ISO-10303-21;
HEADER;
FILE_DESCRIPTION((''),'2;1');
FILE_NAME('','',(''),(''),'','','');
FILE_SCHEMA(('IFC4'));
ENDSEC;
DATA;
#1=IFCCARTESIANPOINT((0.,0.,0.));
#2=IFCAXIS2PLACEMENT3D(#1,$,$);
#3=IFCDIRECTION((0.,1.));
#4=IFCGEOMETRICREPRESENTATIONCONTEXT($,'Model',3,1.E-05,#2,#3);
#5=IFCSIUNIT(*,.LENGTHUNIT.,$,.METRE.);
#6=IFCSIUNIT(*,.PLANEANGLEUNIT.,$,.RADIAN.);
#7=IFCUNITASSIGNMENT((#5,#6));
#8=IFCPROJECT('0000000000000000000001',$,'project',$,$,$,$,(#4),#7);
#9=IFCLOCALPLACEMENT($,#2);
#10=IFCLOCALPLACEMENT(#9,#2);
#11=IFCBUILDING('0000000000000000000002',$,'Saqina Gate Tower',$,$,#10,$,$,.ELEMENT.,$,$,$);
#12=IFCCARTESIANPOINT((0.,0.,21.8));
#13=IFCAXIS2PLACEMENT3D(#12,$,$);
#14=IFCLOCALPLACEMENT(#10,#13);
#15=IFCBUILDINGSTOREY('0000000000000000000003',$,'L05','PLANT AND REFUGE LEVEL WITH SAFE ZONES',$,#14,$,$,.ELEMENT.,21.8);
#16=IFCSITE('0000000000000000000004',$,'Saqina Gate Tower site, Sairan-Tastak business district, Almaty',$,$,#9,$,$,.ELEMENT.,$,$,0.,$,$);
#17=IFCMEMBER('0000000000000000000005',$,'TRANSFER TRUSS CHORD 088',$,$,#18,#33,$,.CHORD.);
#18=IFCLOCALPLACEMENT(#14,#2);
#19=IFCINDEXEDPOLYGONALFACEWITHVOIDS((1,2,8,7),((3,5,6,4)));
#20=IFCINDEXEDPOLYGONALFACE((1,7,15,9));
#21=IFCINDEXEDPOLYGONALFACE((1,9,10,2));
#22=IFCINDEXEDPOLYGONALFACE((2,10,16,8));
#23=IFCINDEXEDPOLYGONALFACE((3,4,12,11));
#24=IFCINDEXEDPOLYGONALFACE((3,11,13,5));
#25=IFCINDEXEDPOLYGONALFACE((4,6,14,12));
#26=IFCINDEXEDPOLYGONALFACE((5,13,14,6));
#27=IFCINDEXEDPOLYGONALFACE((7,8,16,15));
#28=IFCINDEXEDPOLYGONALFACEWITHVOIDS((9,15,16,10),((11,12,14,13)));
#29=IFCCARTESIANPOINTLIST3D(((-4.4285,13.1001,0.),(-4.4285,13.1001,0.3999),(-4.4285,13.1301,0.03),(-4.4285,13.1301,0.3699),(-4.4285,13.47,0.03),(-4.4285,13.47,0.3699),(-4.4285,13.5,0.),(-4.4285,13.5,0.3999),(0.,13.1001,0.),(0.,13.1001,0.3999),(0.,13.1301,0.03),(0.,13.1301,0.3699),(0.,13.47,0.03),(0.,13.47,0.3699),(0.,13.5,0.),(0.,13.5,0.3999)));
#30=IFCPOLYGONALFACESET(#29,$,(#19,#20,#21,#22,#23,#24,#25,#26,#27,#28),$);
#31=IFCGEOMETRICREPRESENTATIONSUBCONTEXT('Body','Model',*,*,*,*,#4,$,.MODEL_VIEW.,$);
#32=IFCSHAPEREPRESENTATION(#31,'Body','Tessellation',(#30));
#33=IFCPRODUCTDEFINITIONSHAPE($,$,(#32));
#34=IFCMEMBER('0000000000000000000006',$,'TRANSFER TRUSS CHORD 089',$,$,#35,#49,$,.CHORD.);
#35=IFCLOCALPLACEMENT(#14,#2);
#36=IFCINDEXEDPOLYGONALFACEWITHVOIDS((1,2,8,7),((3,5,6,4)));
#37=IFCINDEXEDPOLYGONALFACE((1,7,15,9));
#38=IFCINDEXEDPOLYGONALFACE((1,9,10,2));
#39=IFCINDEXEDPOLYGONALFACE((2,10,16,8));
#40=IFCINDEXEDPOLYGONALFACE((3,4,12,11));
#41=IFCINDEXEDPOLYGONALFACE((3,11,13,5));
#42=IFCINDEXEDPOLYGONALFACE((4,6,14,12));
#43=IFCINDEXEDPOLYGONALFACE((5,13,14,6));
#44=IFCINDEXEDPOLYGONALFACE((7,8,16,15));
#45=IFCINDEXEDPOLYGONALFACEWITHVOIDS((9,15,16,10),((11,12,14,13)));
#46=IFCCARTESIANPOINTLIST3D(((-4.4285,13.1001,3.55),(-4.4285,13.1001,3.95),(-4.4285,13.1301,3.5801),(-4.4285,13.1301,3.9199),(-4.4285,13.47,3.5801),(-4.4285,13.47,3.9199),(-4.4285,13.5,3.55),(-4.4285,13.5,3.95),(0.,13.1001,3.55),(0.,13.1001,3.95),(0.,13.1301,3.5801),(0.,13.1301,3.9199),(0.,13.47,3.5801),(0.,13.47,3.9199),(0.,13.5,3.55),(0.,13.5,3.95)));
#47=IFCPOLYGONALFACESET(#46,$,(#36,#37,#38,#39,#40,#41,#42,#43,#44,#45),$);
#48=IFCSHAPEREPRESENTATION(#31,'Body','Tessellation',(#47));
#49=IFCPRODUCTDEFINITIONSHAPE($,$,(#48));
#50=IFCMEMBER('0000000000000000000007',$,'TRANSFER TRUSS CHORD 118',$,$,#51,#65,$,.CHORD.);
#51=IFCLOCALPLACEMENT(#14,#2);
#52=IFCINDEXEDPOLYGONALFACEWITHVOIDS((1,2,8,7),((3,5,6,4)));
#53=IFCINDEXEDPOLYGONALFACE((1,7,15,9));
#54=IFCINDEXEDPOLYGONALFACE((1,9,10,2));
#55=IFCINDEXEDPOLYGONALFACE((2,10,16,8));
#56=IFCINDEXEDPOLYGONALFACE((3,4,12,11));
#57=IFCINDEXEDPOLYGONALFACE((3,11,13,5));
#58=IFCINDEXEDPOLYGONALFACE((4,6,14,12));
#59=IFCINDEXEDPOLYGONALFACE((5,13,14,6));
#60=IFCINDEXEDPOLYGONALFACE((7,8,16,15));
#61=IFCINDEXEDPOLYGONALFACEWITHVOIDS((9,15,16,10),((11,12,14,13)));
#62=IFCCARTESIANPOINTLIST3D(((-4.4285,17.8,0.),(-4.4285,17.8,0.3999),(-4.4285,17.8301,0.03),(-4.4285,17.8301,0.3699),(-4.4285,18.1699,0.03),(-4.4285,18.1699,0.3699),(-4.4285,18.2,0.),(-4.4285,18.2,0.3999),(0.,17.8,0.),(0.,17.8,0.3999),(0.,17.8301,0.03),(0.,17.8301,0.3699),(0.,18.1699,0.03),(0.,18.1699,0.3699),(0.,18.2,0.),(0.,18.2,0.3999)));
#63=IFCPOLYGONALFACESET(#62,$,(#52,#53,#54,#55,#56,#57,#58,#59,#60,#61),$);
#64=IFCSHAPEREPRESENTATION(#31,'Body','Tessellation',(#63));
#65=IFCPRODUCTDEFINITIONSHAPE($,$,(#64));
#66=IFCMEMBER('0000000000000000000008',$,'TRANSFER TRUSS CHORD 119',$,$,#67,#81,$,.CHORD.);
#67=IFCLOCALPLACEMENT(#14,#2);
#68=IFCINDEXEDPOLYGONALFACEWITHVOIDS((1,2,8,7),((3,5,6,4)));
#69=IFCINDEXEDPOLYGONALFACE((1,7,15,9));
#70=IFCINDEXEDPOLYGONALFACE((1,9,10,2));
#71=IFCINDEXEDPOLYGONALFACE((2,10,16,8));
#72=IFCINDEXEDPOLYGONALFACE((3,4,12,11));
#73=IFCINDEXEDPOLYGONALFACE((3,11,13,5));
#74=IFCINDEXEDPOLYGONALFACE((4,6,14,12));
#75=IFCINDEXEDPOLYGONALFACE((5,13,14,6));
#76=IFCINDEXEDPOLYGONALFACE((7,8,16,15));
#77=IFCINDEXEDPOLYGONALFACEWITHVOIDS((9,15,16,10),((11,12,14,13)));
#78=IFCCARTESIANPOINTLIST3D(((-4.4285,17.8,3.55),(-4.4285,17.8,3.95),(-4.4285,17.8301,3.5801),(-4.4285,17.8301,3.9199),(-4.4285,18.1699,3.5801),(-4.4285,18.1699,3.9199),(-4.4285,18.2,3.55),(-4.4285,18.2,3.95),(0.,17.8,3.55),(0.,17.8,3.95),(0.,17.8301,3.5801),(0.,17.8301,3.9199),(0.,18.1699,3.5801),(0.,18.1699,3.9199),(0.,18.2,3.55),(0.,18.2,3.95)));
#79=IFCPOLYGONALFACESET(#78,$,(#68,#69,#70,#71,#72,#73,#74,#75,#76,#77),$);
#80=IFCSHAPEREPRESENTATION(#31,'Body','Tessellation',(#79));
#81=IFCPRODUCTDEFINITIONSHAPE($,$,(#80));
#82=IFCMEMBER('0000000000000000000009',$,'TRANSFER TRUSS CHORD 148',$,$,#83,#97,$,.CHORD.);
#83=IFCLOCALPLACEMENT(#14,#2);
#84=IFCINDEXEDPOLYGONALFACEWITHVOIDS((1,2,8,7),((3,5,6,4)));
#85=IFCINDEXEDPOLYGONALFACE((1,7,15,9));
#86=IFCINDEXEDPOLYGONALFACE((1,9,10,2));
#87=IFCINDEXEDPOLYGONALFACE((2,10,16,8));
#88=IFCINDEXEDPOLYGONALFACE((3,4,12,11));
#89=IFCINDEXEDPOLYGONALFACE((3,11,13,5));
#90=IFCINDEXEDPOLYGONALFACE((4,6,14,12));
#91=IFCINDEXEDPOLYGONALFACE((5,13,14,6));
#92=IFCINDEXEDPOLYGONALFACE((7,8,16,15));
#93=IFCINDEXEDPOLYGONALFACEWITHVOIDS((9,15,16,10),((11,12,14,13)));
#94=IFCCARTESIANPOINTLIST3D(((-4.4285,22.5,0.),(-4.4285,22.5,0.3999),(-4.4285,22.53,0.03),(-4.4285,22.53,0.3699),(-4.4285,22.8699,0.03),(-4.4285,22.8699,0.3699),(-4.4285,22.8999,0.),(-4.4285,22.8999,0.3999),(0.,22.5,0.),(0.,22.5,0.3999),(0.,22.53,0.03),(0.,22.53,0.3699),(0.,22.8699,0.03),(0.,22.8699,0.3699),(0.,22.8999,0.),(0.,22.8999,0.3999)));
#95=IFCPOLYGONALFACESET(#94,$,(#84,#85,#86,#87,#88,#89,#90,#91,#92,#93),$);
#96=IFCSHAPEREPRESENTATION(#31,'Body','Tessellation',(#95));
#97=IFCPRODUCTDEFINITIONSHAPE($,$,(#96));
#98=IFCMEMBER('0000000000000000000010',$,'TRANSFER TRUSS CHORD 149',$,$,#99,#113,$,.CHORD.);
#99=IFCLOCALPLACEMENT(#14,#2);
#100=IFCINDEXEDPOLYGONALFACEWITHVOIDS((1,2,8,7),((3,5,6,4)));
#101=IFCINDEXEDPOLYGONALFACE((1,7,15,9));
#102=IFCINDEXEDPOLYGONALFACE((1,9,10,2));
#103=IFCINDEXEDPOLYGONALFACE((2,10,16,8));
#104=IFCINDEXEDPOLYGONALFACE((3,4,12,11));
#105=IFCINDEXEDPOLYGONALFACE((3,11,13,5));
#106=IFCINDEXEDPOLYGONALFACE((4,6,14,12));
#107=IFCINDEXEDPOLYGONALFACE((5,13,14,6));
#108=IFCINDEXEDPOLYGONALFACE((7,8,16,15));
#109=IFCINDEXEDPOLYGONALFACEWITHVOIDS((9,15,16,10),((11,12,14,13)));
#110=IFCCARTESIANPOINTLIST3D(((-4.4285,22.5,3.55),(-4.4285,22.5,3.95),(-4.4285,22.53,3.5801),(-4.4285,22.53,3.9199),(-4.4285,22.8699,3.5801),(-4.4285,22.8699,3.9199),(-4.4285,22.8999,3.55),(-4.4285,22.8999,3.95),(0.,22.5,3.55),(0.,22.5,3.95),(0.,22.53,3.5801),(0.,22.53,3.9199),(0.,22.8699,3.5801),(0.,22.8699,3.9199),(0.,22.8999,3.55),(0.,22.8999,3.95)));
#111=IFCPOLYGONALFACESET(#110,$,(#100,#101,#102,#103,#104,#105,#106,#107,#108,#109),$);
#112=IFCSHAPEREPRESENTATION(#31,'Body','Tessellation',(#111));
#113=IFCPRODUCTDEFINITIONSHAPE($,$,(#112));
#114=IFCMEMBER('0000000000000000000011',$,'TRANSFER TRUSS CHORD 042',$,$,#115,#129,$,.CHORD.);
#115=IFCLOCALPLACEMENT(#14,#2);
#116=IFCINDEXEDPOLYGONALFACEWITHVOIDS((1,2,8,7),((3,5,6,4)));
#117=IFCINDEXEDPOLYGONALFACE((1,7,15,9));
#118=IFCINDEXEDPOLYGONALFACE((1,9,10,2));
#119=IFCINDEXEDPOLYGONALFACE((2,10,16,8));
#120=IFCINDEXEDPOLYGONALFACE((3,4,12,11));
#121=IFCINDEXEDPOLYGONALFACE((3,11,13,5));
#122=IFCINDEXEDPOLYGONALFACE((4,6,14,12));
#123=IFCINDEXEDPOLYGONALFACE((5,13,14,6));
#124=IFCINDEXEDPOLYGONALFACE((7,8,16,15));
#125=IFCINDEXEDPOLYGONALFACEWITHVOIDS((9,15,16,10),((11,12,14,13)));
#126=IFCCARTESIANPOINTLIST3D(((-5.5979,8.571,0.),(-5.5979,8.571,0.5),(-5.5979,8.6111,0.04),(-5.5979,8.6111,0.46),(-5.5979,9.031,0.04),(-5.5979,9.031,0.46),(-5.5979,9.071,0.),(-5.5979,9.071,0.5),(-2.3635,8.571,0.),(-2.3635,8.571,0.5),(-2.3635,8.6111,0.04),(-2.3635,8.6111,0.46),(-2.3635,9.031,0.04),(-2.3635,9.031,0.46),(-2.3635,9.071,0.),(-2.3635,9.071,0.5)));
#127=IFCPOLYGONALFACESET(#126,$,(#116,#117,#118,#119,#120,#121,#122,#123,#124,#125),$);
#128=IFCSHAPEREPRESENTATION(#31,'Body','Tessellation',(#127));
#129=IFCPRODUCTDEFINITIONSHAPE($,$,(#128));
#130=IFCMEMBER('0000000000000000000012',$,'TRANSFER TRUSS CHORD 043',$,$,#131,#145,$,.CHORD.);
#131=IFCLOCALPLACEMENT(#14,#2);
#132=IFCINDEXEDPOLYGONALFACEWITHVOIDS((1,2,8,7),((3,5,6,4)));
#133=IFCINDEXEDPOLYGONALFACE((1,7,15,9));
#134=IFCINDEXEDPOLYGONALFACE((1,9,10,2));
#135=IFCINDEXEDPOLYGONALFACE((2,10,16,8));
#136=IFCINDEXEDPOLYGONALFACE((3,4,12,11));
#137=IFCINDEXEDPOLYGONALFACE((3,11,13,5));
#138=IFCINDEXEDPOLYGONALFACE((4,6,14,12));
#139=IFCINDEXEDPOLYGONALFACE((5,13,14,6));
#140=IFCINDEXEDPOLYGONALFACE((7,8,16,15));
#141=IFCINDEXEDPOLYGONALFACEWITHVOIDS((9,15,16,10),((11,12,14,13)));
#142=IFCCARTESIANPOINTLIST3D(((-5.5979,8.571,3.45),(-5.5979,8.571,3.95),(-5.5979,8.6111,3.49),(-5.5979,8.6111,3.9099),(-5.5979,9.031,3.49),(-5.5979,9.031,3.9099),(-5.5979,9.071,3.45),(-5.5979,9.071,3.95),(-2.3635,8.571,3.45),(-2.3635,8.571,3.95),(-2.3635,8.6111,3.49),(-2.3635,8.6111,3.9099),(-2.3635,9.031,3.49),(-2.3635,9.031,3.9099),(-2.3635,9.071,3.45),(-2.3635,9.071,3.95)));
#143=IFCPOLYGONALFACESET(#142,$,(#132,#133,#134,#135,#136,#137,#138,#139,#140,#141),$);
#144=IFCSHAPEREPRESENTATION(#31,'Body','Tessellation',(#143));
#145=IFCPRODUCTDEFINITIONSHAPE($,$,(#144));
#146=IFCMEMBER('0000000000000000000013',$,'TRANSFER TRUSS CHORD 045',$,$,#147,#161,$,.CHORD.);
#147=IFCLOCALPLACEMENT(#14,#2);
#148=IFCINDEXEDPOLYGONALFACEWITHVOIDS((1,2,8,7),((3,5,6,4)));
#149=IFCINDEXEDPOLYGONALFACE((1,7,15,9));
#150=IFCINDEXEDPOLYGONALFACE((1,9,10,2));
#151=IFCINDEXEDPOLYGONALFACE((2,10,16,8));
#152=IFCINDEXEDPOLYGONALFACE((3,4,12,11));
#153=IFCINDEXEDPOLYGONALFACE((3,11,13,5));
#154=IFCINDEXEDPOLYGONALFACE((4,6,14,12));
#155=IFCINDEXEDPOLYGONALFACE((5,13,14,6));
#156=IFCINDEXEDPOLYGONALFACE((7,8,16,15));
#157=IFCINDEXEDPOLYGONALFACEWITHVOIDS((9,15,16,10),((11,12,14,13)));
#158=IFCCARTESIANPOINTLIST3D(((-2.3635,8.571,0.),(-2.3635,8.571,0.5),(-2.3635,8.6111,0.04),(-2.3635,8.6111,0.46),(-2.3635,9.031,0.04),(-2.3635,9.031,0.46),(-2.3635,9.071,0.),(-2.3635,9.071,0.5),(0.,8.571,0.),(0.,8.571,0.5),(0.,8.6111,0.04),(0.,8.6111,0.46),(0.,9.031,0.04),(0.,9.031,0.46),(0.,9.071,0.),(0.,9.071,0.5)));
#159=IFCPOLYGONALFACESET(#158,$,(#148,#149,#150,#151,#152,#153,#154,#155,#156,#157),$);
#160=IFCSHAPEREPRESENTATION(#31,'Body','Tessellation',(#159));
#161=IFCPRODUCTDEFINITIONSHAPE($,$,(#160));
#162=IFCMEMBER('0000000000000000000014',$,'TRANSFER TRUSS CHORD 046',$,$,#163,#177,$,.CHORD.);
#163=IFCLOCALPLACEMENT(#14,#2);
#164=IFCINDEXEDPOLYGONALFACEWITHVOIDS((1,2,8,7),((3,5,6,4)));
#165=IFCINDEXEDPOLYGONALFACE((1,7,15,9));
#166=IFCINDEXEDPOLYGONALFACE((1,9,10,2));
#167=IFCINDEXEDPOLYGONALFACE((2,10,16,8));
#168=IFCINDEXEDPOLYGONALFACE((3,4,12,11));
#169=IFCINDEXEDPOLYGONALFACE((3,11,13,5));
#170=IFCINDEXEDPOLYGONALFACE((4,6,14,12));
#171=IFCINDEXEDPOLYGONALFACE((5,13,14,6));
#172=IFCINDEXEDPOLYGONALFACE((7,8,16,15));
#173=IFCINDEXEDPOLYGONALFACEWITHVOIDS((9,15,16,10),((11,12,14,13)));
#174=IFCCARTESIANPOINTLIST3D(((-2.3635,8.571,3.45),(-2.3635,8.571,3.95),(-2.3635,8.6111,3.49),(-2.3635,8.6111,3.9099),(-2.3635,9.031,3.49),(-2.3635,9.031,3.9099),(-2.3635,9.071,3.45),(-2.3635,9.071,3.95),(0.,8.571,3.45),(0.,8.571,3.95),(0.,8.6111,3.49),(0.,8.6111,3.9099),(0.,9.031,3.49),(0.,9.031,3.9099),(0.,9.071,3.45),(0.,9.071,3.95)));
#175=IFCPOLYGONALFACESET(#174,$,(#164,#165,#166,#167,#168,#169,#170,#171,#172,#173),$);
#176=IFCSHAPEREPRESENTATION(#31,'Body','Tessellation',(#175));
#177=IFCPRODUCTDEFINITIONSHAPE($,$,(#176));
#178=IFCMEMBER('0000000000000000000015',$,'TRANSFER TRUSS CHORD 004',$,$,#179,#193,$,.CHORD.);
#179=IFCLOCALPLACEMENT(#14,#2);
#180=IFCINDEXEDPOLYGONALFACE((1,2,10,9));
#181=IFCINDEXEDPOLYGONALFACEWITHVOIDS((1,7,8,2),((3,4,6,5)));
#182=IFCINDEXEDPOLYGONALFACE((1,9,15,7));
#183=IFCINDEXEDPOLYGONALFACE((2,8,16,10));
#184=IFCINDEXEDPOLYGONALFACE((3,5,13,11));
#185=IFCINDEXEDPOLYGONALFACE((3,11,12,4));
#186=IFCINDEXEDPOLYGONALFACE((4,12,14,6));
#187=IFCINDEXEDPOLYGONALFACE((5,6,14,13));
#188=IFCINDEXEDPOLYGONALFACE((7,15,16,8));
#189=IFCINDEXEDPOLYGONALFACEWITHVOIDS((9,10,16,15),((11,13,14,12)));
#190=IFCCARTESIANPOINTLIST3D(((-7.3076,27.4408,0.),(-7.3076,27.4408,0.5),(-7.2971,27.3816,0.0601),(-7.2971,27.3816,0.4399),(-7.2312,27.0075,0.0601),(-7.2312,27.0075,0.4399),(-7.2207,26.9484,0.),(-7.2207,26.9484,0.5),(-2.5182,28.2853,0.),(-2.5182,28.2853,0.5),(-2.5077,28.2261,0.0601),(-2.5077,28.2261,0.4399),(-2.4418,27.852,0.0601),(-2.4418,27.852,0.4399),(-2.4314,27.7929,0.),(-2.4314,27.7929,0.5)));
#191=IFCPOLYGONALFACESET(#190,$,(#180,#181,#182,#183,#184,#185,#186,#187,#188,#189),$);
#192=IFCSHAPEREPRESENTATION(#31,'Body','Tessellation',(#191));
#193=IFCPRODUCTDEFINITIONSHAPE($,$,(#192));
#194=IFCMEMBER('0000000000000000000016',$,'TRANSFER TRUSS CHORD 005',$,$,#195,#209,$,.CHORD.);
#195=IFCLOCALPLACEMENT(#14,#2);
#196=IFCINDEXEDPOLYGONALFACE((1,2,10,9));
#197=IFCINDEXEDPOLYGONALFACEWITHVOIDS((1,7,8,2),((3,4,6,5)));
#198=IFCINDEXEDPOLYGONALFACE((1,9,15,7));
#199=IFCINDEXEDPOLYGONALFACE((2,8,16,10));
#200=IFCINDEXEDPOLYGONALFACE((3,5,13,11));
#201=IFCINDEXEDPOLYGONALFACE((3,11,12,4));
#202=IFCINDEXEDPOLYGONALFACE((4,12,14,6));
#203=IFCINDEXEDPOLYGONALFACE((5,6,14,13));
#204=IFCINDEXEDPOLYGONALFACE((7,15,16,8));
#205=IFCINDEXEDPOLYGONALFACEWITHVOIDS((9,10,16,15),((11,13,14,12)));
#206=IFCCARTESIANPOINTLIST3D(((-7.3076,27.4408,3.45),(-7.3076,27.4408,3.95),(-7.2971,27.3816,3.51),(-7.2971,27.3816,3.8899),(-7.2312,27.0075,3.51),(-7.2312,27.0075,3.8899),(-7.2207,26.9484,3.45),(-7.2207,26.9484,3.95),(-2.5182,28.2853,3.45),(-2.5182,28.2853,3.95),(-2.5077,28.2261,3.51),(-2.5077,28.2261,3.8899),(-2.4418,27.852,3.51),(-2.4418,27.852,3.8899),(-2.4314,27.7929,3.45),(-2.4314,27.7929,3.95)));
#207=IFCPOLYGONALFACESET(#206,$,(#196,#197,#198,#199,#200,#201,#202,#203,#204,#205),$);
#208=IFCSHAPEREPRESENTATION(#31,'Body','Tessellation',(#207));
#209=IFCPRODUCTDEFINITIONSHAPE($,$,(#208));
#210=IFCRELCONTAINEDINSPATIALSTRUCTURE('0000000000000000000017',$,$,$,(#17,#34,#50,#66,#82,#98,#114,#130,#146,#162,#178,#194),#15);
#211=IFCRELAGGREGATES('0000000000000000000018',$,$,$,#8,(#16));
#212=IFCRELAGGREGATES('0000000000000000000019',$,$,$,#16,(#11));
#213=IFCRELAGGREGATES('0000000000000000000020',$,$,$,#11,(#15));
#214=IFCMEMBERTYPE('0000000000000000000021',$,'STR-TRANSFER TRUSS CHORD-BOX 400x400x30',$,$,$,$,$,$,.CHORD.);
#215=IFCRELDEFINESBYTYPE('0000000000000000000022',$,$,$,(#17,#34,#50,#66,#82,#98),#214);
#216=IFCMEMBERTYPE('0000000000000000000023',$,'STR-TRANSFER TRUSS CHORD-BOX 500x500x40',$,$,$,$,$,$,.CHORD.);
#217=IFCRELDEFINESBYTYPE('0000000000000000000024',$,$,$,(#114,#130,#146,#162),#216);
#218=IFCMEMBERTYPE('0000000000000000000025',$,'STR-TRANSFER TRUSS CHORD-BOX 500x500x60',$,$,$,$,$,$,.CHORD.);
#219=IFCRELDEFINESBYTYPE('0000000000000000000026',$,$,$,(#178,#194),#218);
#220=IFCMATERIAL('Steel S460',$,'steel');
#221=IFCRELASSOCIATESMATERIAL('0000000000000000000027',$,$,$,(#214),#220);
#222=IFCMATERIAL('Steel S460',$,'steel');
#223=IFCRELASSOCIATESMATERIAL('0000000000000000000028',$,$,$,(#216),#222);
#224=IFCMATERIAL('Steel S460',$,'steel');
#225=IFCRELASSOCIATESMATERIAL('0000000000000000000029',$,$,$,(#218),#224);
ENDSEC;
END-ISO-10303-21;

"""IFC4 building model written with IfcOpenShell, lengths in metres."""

from ifc_helpers import new_model, si_unit, direction, frame, origin, origin_2d, place, context, subcontext, project, spatial, hollow_rectangle, extrude, material, material_profile, profile_set, type_object, element, save


model = new_model("IFC4")

# Units and contexts
model_context = context("Model", 3, precision=1e-05, world=origin(), true_north=direction((0.0, 1.0)))
body_context = subcontext(model_context, "Body", "Model", "MODEL_VIEW")
ifc_project = project(units=[si_unit("LENGTHUNIT", "METRE"), si_unit("PLANEANGLEUNIT", "RADIAN")], contexts=[model_context])

# Site, building, storey
site_placement = place(None, origin())
site = spatial("IfcSite", under=ifc_project, at=site_placement, Name="Saqina Gate Tower site, Sairan-Tastak business district, Almaty", CompositionType="ELEMENT", RefElevation=0.0)
building_placement = place(site_placement, origin())
building = spatial("IfcBuilding", under=site, at=building_placement, Name="Saqina Gate Tower", CompositionType="ELEMENT")
storey_placement = place(building_placement, frame((0.0, 0.0, 21.8)))
storey = spatial("IfcBuildingStorey", under=building, at=storey_placement, Name="L05", Description="PLANT AND REFUGE LEVEL WITH SAFE ZONES", CompositionType="ELEMENT", Elevation=21.8)

# Members
ifc_material_1 = material(Name="Steel S460", Category="steel")
ifc_material_profile_1 = material_profile(ifc_material_1, hollow_rectangle(XDim=0.3999, YDim=0.3999, WallThickness=0.03, at=origin_2d()), Name="BOX 400x400x30")
ifc_profile_set_1 = profile_set([ifc_material_profile_1], Name="Steel S460")
member_type_1 = type_object("IfcMemberType", Name="STR-TRANSFER TRUSS CHORD-BOX 400x400x30", PredefinedType="CHORD", material=ifc_profile_set_1)
for number, where, z_axis, x_axis, name in (
    (1, (-4.4285, 13.3, 0.2), (1.0, 0.0, 0.0), (0.0, 1.0, 0.0), "TRANSFER TRUSS CHORD 088"),
    (2, (-4.4285, 13.3, 3.75), (1.0, 0.0, 0.0), (0.0, 1.0, 0.0), "TRANSFER TRUSS CHORD 089"),
    (3, (-4.4285, 18.0, 0.2), (1.0, 0.0, 0.0), (0.0, 1.0, 0.0), "TRANSFER TRUSS CHORD 118"),
    (4, (-4.4285, 18.0, 3.75), (1.0, 0.0, 0.0), (0.0, 1.0, 0.0), "TRANSFER TRUSS CHORD 119"),
    (5, (-4.4285, 22.7, 0.2), (1.0, 0.0, 0.0), (0.0, 1.0, 0.0), "TRANSFER TRUSS CHORD 148"),
    (6, (-4.4285, 22.7, 3.75), (1.0, 0.0, 0.0), (0.0, 1.0, 0.0), "TRANSFER TRUSS CHORD 149"),
):
    element("IfcMember", number, at=place(storey_placement, frame(where, z_axis=z_axis, x_axis=x_axis)), inside=storey, type_object=member_type_1, Name=name, PredefinedType="CHORD", context=body_context, shape_type="SweptSolid", body=[
        extrude(hollow_rectangle(XDim=0.3999, YDim=0.3999, WallThickness=0.03, at=origin_2d()), origin(), (0.0, 0.0, 1.0), 4.4285),
    ])
ifc_material_2 = material(Name="Steel S460", Category="steel")
ifc_material_profile_2 = material_profile(ifc_material_2, hollow_rectangle(XDim=0.5, YDim=0.5, WallThickness=0.04, at=origin_2d()), Name="BOX 500x500x40")
ifc_profile_set_2 = profile_set([ifc_material_profile_2], Name="Steel S460")
member_type_2 = type_object("IfcMemberType", Name="STR-TRANSFER TRUSS CHORD-BOX 500x500x40", PredefinedType="CHORD", material=ifc_profile_set_2)
for number, where, z_axis, x_axis, name in (
    (7, (-5.5979, 8.821, 0.25), (1.0, 0.0, 0.0), (0.0, 1.0, 0.0), "TRANSFER TRUSS CHORD 042"),
    (8, (-5.5979, 8.821, 3.7), (1.0, 0.0, 0.0), (0.0, 1.0, 0.0), "TRANSFER TRUSS CHORD 043"),
):
    element("IfcMember", number, at=place(storey_placement, frame(where, z_axis=z_axis, x_axis=x_axis)), inside=storey, type_object=member_type_2, Name=name, PredefinedType="CHORD", context=body_context, shape_type="SweptSolid", body=[
        extrude(hollow_rectangle(XDim=0.5, YDim=0.5, WallThickness=0.04, at=origin_2d()), origin(), (0.0, 0.0, 1.0), 3.2344),
    ])
for number, where, z_axis, x_axis, name in (
    (9, (-2.3635, 8.821, 0.25), (1.0, 0.0, 0.0), (0.0, 1.0, 0.0), "TRANSFER TRUSS CHORD 045"),
    (10, (-2.3635, 8.821, 3.7), (1.0, 0.0, 0.0), (0.0, 1.0, 0.0), "TRANSFER TRUSS CHORD 046"),
):
    element("IfcMember", number, at=place(storey_placement, frame(where, z_axis=z_axis, x_axis=x_axis)), inside=storey, type_object=member_type_2, Name=name, PredefinedType="CHORD", context=body_context, shape_type="SweptSolid", body=[
        extrude(hollow_rectangle(XDim=0.5, YDim=0.5, WallThickness=0.04, at=origin_2d()), origin(), (0.0, 0.0, 1.0), 2.3635),
    ])
ifc_material_3 = material(Name="Steel S460", Category="steel")
ifc_material_profile_3 = material_profile(ifc_material_3, hollow_rectangle(XDim=0.5, YDim=0.5, WallThickness=0.0601, at=origin_2d()), Name="BOX 500x500x60")
ifc_profile_set_3 = profile_set([ifc_material_profile_3], Name="Steel S460")
member_type_3 = type_object("IfcMemberType", Name="STR-TRANSFER TRUSS CHORD-BOX 500x500x60", PredefinedType="CHORD", material=ifc_profile_set_3)
for number, where, z_axis, x_axis, name in (
    (11, (-7.2642, 27.1946, 0.25), (0.984808, 0.173648, 0.0), (-0.173648, 0.984808, 0.0), "TRANSFER TRUSS CHORD 004"),
    (12, (-7.2642, 27.1946, 3.7), (0.984808, 0.173648, 0.0), (-0.173648, 0.984808, 0.0), "TRANSFER TRUSS CHORD 005"),
):
    element("IfcMember", number, at=place(storey_placement, frame(where, z_axis=z_axis, x_axis=x_axis)), inside=storey, type_object=member_type_3, Name=name, PredefinedType="CHORD", context=body_context, shape_type="SweptSolid", body=[
        extrude(hollow_rectangle(XDim=0.5, YDim=0.5, WallThickness=0.0601, at=origin_2d()), origin(), (0.0, 0.0, 1.0), 4.8633),
    ])

save(model, "model.ifc")
